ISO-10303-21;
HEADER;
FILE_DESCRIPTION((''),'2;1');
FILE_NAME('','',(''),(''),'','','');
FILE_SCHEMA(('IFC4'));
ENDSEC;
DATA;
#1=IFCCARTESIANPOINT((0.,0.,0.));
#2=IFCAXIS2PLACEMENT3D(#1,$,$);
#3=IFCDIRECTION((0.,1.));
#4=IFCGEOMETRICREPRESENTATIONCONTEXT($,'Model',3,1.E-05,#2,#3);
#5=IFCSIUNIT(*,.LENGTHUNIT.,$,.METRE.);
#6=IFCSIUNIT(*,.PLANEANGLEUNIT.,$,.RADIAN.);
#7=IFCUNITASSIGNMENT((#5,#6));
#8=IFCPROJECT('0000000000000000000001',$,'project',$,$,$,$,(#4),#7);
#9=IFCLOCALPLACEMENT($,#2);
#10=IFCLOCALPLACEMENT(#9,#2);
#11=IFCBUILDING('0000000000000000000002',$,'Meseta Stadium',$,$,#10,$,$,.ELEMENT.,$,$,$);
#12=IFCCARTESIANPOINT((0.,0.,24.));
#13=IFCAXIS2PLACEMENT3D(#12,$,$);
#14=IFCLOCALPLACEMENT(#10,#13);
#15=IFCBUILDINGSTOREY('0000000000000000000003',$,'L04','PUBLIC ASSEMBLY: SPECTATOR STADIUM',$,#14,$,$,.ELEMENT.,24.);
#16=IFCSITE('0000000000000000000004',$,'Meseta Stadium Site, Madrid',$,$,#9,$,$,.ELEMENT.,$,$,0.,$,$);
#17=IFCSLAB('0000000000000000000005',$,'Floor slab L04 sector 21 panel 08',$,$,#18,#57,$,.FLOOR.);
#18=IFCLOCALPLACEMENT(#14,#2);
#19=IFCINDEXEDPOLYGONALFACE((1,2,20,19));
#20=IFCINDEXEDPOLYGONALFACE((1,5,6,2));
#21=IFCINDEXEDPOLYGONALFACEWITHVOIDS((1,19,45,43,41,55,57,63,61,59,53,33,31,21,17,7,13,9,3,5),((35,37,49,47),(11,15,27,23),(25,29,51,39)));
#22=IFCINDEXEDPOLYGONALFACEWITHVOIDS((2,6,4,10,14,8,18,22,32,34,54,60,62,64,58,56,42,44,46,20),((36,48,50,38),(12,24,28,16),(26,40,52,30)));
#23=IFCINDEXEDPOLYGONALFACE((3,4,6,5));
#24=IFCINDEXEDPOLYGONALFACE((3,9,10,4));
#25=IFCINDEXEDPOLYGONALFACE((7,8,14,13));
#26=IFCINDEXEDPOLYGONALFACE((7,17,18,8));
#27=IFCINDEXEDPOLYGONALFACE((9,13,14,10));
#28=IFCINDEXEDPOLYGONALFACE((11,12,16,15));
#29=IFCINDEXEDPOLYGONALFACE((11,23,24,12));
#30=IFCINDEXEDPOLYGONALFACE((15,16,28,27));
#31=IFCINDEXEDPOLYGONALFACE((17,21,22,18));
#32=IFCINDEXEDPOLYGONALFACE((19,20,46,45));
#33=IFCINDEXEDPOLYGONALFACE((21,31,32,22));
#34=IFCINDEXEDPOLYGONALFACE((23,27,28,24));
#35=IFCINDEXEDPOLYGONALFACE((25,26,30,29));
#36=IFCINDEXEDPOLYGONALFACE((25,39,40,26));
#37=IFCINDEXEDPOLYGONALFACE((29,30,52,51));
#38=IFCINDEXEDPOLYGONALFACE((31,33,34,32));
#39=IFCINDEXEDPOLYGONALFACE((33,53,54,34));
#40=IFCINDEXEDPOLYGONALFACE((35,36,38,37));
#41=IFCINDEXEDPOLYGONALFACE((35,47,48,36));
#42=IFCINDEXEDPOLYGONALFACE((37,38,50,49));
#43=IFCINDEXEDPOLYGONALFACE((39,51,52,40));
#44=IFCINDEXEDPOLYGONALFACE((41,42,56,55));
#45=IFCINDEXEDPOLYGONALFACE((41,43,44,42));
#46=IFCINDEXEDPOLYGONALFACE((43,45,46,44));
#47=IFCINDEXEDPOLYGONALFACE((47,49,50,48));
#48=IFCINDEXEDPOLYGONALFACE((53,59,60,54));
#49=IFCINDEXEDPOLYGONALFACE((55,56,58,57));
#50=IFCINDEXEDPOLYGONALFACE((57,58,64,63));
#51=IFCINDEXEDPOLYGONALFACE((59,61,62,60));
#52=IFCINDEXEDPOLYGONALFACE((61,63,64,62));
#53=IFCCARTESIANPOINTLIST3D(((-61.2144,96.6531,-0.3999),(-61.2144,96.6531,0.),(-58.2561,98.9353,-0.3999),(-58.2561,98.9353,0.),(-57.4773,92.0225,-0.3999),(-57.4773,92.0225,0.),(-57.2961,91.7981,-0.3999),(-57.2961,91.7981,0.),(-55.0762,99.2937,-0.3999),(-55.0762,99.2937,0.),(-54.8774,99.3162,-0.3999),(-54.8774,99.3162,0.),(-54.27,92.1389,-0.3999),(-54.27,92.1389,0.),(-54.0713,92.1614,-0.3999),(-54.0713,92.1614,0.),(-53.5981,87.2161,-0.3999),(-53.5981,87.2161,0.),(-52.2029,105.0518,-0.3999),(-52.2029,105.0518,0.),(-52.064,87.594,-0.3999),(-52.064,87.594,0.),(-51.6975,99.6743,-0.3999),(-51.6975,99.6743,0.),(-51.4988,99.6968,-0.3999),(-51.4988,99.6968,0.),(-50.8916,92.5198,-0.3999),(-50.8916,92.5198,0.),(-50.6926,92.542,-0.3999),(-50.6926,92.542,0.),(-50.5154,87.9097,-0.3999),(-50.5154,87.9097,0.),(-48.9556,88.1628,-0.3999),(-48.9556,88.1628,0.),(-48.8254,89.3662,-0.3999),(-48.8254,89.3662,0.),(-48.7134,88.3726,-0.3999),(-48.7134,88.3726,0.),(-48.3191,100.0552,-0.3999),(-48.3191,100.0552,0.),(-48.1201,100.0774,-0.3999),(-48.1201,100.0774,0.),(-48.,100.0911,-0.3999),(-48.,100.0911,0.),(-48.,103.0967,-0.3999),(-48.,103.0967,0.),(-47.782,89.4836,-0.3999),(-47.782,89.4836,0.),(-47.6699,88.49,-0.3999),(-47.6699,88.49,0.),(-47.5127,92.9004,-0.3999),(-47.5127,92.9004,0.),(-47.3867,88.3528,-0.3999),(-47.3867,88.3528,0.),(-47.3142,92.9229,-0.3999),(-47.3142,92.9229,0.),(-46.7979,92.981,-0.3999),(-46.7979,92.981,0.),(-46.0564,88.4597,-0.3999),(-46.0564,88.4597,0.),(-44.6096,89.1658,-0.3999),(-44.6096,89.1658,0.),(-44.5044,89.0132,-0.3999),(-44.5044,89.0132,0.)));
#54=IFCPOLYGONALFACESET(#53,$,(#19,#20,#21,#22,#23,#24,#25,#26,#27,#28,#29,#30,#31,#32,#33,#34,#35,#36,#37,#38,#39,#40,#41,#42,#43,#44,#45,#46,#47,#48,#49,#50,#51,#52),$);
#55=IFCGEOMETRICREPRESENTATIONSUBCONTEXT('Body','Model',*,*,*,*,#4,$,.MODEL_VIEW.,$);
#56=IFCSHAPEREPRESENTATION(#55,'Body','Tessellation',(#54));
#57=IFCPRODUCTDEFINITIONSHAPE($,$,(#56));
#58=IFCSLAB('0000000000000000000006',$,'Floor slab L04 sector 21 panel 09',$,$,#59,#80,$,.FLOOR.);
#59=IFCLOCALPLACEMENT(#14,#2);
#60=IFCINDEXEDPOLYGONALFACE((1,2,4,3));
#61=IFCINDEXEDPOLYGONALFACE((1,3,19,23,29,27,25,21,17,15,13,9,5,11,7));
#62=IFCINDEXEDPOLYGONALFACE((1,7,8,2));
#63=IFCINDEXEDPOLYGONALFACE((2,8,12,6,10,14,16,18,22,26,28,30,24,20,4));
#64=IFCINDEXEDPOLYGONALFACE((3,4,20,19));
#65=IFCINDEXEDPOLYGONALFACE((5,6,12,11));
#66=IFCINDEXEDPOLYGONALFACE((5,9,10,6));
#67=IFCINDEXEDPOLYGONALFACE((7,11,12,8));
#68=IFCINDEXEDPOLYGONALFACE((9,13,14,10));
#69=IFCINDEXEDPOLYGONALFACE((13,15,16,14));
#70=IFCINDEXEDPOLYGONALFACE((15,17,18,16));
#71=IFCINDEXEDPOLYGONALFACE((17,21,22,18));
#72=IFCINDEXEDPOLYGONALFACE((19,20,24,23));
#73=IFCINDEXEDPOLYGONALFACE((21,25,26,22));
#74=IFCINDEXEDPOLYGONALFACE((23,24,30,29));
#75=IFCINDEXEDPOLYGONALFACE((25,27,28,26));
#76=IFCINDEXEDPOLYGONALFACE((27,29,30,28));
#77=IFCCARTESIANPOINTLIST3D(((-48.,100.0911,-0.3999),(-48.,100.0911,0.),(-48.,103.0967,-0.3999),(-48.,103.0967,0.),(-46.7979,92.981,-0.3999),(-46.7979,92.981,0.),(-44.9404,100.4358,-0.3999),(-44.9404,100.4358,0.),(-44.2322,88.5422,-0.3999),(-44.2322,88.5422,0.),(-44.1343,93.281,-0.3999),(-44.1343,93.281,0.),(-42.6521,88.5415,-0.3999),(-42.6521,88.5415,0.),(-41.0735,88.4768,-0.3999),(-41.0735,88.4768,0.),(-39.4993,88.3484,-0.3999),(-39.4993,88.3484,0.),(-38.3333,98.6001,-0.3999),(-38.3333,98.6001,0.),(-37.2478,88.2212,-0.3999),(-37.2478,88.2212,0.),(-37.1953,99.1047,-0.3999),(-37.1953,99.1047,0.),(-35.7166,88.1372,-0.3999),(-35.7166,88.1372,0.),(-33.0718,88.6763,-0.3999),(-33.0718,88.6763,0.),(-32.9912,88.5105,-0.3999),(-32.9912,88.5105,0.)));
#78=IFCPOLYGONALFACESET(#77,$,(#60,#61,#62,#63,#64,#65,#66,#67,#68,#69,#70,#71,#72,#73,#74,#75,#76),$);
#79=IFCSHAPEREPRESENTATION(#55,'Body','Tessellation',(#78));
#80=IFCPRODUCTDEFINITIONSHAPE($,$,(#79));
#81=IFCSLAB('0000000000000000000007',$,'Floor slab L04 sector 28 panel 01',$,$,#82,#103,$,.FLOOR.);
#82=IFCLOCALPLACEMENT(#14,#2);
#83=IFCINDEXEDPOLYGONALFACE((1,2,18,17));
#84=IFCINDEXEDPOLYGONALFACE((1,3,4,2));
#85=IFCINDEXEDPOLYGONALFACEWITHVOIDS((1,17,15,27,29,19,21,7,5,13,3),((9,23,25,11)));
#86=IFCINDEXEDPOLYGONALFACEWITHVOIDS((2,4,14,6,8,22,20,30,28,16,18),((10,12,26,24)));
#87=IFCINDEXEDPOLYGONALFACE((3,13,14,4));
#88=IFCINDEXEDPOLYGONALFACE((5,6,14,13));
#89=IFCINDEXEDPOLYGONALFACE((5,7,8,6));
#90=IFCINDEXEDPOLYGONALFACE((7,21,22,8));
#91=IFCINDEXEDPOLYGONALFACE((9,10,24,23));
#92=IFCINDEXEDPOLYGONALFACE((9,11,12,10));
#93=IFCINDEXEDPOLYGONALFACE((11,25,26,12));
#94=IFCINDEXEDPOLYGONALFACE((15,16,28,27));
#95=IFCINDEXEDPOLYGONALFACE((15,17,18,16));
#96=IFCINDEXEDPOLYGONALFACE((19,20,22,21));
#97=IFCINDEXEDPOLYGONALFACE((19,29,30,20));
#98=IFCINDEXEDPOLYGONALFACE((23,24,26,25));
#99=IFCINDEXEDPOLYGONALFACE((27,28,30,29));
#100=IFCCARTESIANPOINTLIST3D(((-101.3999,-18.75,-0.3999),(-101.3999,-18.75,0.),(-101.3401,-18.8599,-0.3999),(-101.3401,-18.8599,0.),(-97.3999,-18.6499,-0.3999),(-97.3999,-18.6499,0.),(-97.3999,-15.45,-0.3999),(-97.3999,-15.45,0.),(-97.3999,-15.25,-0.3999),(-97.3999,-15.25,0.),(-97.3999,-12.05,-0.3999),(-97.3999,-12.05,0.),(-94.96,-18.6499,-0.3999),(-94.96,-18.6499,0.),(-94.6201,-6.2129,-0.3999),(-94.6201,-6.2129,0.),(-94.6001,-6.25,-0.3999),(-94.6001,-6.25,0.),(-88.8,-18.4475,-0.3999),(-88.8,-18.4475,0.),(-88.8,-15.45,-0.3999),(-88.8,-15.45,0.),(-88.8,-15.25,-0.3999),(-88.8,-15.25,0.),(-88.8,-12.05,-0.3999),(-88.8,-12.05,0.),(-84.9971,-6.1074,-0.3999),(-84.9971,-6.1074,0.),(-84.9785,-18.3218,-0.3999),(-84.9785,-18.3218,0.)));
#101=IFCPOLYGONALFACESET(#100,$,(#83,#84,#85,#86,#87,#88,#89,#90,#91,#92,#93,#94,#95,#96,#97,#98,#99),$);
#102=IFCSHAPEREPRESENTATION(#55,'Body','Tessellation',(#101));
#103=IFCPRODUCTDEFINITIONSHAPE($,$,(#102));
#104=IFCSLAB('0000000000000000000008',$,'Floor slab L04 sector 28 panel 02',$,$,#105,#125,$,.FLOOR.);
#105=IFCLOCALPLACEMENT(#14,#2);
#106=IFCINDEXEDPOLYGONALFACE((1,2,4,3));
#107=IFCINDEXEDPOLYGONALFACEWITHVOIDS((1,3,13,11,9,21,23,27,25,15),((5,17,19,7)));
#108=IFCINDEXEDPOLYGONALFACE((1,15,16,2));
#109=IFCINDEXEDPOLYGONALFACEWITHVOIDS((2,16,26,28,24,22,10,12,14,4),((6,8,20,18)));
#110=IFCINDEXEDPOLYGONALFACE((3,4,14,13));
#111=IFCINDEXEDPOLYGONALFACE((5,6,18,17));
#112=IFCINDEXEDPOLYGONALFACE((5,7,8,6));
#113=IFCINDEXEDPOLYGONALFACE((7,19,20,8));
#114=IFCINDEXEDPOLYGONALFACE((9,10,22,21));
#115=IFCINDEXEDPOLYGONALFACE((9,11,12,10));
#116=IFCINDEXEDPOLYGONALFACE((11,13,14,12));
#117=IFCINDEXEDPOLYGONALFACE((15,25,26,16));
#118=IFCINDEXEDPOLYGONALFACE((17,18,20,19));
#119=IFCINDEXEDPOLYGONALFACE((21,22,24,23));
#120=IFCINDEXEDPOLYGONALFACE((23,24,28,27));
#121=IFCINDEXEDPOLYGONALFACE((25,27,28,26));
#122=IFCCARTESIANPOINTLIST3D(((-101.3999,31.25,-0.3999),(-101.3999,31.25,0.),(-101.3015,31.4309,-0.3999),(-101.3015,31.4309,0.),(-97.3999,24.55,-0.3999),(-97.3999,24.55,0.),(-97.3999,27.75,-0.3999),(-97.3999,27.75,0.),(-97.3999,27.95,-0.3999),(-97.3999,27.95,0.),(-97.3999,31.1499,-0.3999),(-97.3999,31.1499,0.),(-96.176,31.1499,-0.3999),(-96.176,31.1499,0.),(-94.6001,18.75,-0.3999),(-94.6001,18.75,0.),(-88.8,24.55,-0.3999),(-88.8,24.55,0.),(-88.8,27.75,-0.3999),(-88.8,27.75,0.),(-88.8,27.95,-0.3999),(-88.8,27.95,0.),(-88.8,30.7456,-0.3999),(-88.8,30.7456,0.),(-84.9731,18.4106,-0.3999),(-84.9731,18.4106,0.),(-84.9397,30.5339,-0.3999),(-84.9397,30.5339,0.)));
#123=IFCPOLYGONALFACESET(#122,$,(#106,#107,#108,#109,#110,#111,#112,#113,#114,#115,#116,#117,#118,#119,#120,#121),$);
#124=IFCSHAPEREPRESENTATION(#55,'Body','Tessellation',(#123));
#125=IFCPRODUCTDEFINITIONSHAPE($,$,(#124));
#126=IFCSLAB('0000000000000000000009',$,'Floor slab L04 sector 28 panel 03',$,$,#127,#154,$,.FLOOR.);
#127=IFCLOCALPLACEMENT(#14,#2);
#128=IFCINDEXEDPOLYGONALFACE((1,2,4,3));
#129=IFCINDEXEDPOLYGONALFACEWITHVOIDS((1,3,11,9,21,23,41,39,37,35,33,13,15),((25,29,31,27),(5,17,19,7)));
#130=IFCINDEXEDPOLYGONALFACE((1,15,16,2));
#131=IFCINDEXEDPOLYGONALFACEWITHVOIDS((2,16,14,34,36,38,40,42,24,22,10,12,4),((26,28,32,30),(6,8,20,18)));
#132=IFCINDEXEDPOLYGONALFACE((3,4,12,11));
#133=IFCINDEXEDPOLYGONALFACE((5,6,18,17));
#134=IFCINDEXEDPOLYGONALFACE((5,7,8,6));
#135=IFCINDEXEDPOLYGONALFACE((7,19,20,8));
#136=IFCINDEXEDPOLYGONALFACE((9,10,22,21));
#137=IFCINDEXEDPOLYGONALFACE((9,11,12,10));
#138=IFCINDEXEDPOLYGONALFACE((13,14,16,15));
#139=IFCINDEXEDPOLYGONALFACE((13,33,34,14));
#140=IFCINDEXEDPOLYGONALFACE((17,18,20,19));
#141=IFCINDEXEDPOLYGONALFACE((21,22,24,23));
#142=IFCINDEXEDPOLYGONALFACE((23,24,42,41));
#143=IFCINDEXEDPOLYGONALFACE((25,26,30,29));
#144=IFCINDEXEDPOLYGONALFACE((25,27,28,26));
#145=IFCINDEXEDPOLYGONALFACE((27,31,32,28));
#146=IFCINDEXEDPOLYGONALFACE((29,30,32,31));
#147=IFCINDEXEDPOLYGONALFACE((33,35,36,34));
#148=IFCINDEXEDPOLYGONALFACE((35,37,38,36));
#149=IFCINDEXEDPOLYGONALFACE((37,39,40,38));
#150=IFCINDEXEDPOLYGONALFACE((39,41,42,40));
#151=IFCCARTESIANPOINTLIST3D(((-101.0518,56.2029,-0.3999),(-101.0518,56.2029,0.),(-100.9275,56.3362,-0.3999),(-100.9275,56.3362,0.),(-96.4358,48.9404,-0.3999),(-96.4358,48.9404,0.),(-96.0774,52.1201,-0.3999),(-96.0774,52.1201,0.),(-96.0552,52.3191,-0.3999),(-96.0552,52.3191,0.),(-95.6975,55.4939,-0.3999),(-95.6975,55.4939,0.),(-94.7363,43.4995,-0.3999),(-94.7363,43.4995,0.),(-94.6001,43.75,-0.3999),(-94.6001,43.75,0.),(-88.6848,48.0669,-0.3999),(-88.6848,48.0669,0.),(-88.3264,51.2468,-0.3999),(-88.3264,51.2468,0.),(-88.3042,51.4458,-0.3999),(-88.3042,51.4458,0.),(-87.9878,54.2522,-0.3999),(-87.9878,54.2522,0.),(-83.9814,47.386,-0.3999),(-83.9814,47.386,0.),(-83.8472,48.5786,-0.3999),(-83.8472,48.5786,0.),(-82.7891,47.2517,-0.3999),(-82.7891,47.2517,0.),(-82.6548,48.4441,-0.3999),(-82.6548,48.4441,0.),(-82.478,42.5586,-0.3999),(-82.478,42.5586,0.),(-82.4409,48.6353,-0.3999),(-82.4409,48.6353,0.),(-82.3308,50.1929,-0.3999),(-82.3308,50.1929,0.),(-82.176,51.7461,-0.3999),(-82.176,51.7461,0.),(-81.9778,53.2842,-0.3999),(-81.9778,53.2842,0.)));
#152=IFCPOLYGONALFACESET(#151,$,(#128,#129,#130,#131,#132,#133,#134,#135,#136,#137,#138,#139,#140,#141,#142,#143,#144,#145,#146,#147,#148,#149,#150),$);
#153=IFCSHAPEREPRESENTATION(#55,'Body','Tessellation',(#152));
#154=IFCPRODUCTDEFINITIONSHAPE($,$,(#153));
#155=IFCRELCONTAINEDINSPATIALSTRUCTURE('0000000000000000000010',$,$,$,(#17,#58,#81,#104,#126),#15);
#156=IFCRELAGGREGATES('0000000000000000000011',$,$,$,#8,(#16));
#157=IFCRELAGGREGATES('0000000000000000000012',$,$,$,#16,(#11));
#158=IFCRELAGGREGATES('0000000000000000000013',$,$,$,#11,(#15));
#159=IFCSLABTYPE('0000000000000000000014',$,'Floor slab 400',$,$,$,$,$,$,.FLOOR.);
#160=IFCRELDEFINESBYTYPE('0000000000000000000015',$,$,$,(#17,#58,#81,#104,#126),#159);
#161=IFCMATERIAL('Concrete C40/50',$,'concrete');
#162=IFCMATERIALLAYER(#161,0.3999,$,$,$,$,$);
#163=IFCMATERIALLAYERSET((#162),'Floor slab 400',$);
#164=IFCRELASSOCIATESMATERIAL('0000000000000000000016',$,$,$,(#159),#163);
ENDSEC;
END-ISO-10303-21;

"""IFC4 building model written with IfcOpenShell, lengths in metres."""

from ifc_helpers import new_model, si_unit, direction, frame, origin, place, context, subcontext, project, spatial, polyline, outline, extrude, material, layer, layer_set, type_object, element, save


model = new_model("IFC4")

# Units and contexts
model_context = context("Model", 3, precision=1e-05, world=origin(), true_north=direction((0.0, 1.0)))
body_context = subcontext(model_context, "Body", "Model", "MODEL_VIEW")
ifc_project = project(units=[si_unit("LENGTHUNIT", "METRE"), si_unit("PLANEANGLEUNIT", "RADIAN")], contexts=[model_context])

# Site, building, storey
site_placement = place(None, origin())
site = spatial("IfcSite", under=ifc_project, at=site_placement, Name="Meseta Stadium Site, Madrid", CompositionType="ELEMENT", RefElevation=0.0)
building_placement = place(site_placement, origin())
building = spatial("IfcBuilding", under=site, at=building_placement, Name="Meseta Stadium", CompositionType="ELEMENT")
storey_placement = place(building_placement, frame((0.0, 0.0, 24.0)))
storey = spatial("IfcBuildingStorey", under=building, at=storey_placement, Name="L04", Description="PUBLIC ASSEMBLY: SPECTATOR STADIUM", CompositionType="ELEMENT", Elevation=24.0)

# Slabs
ifc_material = material(Name="Concrete C40/50", Category="concrete")
ifc_layer = layer(ifc_material, 0.3999)
ifc_layer_set = layer_set([ifc_layer], Name="Floor slab 400")
slab_type = type_object("IfcSlabType", Name="Floor slab 400", PredefinedType="FLOOR", material=ifc_layer_set)
slab_1_placement = place(storey_placement, frame((0.0, 0.0, -0.3999)))
element("IfcSlab", 1, at=slab_1_placement, inside=storey, type_object=slab_type, Name="Floor slab L04 sector 21 panel 08", PredefinedType="FLOOR", context=body_context, shape_type="SweptSolid", body=[
    extrude(outline(polyline([(-47.3867, 88.3528), (-46.0564, 88.4597), (-44.6096, 89.1658), (-44.5044, 89.0132), (-44.2324, 88.5422), (-44.2322, 88.5422), (-46.7979, 92.981), (-47.3142, 92.9229), (-48.1201, 100.0774), (-48.0, 100.0911), (-48.0, 103.0967), (-52.2029, 105.0518), (-61.2144, 96.6531), (-57.4773, 92.0225), (-58.2561, 98.9353), (-55.0762, 99.2937), (-54.27, 92.1389), (-57.2961, 91.7981), (-53.5981, 87.2161), (-52.064, 87.594), (-50.5154, 87.9097), (-48.9556, 88.1628), (-47.3867, 88.3528)]), holes=[polyline([(-48.8254, 89.3662), (-47.782, 89.4836), (-47.6699, 88.49), (-48.7134, 88.3726), (-48.8254, 89.3662)]), polyline([(-47.5127, 92.9004), (-50.6926, 92.542), (-51.4988, 99.6968), (-48.3191, 100.0552), (-47.5127, 92.9004)]), polyline([(-54.0713, 92.1614), (-54.8774, 99.3162), (-51.6975, 99.6743), (-50.8916, 92.5198), (-54.0713, 92.1614)])]), origin(), (0.0, 0.0, 1.0), 0.3999),
])
slab_2_placement = place(storey_placement, frame((0.0, 0.0, -0.3999)))
element("IfcSlab", 2, at=slab_2_placement, inside=storey, type_object=slab_type, Name="Floor slab L04 sector 21 panel 09", PredefinedType="FLOOR", context=body_context, shape_type="SweptSolid", body=[
    extrude(outline(polyline([(-37.2478, 88.2212), (-35.7166, 88.1372), (-33.0718, 88.6763), (-32.9912, 88.5105), (-37.1953, 99.1047), (-38.3333, 98.6001), (-48.0, 103.0967), (-48.0, 100.0911), (-44.9404, 100.4358), (-44.1343, 93.281), (-46.7979, 92.981), (-44.2322, 88.5422), (-42.6521, 88.5415), (-41.0735, 88.4768), (-39.4993, 88.3484), (-37.2478, 88.2212)])), origin(), (0.0, 0.0, 1.0), 0.3999),
])
slab_3_placement = place(storey_placement, frame((0.0, 0.0, -0.3999)))
element("IfcSlab", 3, at=slab_3_placement, inside=storey, type_object=slab_type, Name="Floor slab L04 sector 28 panel 01", PredefinedType="FLOOR", context=body_context, shape_type="SweptSolid", body=[
    extrude(outline(polyline([(-84.9971, -6.1074), (-94.6201, -6.2129), (-94.6001, -6.25), (-101.3999, -18.75), (-101.3401, -18.8599), (-94.96, -18.6499), (-97.3999, -18.6499), (-97.3999, -15.45), (-88.8, -15.45), (-88.8, -18.4475), (-84.9785, -18.3218), (-84.9971, -6.1074)]), holes=[polyline([(-97.3999, -12.05), (-88.8, -12.05), (-88.8, -15.25), (-97.3999, -15.25), (-97.3999, -12.05)])]), origin(), (0.0, 0.0, 1.0), 0.3999),
])
slab_4_placement = place(storey_placement, frame((0.0, 0.0, -0.3999)))
element("IfcSlab", 4, at=slab_4_placement, inside=storey, type_object=slab_type, Name="Floor slab L04 sector 28 panel 02", PredefinedType="FLOOR", context=body_context, shape_type="SweptSolid", body=[
    extrude(outline(polyline([(-101.3999, 31.25), (-94.6001, 18.75), (-84.9731, 18.4106), (-84.9397, 30.5339), (-88.8, 30.7456), (-88.8, 27.95), (-97.3999, 27.95), (-97.3999, 31.1499), (-96.176, 31.1499), (-101.3015, 31.4309), (-101.3999, 31.25)]), holes=[polyline([(-97.3999, 27.75), (-88.8, 27.75), (-88.8, 24.55), (-97.3999, 24.55), (-97.3999, 27.75)])]), origin(), (0.0, 0.0, 1.0), 0.3999),
])
slab_5_placement = place(storey_placement, frame((0.0, 0.0, -0.3999)))
element("IfcSlab", 5, at=slab_5_placement, inside=storey, type_object=slab_type, Name="Floor slab L04 sector 28 panel 03", PredefinedType="FLOOR", context=body_context, shape_type="SweptSolid", body=[
    extrude(outline(polyline([(-81.9778, 53.2842), (-87.9878, 54.2522), (-88.3042, 51.4458), (-96.0552, 52.3191), (-95.6975, 55.4939), (-100.9275, 56.3362), (-101.0518, 56.2029), (-94.6001, 43.75), (-94.7363, 43.4995), (-82.478, 42.5586), (-82.4409, 48.6353), (-82.3308, 50.1929), (-82.176, 51.7461), (-81.9778, 53.2842)]), holes=[polyline([(-96.0774, 52.1201), (-88.3264, 51.2468), (-88.6848, 48.0669), (-96.4358, 48.9404), (-96.0774, 52.1201)]), polyline([(-83.8472, 48.5786), (-82.6548, 48.4441), (-82.7891, 47.2517), (-83.9814, 47.386), (-83.8472, 48.5786)])]), origin(), (0.0, 0.0, 1.0), 0.3999),
])

save(model, "model.ifc")
